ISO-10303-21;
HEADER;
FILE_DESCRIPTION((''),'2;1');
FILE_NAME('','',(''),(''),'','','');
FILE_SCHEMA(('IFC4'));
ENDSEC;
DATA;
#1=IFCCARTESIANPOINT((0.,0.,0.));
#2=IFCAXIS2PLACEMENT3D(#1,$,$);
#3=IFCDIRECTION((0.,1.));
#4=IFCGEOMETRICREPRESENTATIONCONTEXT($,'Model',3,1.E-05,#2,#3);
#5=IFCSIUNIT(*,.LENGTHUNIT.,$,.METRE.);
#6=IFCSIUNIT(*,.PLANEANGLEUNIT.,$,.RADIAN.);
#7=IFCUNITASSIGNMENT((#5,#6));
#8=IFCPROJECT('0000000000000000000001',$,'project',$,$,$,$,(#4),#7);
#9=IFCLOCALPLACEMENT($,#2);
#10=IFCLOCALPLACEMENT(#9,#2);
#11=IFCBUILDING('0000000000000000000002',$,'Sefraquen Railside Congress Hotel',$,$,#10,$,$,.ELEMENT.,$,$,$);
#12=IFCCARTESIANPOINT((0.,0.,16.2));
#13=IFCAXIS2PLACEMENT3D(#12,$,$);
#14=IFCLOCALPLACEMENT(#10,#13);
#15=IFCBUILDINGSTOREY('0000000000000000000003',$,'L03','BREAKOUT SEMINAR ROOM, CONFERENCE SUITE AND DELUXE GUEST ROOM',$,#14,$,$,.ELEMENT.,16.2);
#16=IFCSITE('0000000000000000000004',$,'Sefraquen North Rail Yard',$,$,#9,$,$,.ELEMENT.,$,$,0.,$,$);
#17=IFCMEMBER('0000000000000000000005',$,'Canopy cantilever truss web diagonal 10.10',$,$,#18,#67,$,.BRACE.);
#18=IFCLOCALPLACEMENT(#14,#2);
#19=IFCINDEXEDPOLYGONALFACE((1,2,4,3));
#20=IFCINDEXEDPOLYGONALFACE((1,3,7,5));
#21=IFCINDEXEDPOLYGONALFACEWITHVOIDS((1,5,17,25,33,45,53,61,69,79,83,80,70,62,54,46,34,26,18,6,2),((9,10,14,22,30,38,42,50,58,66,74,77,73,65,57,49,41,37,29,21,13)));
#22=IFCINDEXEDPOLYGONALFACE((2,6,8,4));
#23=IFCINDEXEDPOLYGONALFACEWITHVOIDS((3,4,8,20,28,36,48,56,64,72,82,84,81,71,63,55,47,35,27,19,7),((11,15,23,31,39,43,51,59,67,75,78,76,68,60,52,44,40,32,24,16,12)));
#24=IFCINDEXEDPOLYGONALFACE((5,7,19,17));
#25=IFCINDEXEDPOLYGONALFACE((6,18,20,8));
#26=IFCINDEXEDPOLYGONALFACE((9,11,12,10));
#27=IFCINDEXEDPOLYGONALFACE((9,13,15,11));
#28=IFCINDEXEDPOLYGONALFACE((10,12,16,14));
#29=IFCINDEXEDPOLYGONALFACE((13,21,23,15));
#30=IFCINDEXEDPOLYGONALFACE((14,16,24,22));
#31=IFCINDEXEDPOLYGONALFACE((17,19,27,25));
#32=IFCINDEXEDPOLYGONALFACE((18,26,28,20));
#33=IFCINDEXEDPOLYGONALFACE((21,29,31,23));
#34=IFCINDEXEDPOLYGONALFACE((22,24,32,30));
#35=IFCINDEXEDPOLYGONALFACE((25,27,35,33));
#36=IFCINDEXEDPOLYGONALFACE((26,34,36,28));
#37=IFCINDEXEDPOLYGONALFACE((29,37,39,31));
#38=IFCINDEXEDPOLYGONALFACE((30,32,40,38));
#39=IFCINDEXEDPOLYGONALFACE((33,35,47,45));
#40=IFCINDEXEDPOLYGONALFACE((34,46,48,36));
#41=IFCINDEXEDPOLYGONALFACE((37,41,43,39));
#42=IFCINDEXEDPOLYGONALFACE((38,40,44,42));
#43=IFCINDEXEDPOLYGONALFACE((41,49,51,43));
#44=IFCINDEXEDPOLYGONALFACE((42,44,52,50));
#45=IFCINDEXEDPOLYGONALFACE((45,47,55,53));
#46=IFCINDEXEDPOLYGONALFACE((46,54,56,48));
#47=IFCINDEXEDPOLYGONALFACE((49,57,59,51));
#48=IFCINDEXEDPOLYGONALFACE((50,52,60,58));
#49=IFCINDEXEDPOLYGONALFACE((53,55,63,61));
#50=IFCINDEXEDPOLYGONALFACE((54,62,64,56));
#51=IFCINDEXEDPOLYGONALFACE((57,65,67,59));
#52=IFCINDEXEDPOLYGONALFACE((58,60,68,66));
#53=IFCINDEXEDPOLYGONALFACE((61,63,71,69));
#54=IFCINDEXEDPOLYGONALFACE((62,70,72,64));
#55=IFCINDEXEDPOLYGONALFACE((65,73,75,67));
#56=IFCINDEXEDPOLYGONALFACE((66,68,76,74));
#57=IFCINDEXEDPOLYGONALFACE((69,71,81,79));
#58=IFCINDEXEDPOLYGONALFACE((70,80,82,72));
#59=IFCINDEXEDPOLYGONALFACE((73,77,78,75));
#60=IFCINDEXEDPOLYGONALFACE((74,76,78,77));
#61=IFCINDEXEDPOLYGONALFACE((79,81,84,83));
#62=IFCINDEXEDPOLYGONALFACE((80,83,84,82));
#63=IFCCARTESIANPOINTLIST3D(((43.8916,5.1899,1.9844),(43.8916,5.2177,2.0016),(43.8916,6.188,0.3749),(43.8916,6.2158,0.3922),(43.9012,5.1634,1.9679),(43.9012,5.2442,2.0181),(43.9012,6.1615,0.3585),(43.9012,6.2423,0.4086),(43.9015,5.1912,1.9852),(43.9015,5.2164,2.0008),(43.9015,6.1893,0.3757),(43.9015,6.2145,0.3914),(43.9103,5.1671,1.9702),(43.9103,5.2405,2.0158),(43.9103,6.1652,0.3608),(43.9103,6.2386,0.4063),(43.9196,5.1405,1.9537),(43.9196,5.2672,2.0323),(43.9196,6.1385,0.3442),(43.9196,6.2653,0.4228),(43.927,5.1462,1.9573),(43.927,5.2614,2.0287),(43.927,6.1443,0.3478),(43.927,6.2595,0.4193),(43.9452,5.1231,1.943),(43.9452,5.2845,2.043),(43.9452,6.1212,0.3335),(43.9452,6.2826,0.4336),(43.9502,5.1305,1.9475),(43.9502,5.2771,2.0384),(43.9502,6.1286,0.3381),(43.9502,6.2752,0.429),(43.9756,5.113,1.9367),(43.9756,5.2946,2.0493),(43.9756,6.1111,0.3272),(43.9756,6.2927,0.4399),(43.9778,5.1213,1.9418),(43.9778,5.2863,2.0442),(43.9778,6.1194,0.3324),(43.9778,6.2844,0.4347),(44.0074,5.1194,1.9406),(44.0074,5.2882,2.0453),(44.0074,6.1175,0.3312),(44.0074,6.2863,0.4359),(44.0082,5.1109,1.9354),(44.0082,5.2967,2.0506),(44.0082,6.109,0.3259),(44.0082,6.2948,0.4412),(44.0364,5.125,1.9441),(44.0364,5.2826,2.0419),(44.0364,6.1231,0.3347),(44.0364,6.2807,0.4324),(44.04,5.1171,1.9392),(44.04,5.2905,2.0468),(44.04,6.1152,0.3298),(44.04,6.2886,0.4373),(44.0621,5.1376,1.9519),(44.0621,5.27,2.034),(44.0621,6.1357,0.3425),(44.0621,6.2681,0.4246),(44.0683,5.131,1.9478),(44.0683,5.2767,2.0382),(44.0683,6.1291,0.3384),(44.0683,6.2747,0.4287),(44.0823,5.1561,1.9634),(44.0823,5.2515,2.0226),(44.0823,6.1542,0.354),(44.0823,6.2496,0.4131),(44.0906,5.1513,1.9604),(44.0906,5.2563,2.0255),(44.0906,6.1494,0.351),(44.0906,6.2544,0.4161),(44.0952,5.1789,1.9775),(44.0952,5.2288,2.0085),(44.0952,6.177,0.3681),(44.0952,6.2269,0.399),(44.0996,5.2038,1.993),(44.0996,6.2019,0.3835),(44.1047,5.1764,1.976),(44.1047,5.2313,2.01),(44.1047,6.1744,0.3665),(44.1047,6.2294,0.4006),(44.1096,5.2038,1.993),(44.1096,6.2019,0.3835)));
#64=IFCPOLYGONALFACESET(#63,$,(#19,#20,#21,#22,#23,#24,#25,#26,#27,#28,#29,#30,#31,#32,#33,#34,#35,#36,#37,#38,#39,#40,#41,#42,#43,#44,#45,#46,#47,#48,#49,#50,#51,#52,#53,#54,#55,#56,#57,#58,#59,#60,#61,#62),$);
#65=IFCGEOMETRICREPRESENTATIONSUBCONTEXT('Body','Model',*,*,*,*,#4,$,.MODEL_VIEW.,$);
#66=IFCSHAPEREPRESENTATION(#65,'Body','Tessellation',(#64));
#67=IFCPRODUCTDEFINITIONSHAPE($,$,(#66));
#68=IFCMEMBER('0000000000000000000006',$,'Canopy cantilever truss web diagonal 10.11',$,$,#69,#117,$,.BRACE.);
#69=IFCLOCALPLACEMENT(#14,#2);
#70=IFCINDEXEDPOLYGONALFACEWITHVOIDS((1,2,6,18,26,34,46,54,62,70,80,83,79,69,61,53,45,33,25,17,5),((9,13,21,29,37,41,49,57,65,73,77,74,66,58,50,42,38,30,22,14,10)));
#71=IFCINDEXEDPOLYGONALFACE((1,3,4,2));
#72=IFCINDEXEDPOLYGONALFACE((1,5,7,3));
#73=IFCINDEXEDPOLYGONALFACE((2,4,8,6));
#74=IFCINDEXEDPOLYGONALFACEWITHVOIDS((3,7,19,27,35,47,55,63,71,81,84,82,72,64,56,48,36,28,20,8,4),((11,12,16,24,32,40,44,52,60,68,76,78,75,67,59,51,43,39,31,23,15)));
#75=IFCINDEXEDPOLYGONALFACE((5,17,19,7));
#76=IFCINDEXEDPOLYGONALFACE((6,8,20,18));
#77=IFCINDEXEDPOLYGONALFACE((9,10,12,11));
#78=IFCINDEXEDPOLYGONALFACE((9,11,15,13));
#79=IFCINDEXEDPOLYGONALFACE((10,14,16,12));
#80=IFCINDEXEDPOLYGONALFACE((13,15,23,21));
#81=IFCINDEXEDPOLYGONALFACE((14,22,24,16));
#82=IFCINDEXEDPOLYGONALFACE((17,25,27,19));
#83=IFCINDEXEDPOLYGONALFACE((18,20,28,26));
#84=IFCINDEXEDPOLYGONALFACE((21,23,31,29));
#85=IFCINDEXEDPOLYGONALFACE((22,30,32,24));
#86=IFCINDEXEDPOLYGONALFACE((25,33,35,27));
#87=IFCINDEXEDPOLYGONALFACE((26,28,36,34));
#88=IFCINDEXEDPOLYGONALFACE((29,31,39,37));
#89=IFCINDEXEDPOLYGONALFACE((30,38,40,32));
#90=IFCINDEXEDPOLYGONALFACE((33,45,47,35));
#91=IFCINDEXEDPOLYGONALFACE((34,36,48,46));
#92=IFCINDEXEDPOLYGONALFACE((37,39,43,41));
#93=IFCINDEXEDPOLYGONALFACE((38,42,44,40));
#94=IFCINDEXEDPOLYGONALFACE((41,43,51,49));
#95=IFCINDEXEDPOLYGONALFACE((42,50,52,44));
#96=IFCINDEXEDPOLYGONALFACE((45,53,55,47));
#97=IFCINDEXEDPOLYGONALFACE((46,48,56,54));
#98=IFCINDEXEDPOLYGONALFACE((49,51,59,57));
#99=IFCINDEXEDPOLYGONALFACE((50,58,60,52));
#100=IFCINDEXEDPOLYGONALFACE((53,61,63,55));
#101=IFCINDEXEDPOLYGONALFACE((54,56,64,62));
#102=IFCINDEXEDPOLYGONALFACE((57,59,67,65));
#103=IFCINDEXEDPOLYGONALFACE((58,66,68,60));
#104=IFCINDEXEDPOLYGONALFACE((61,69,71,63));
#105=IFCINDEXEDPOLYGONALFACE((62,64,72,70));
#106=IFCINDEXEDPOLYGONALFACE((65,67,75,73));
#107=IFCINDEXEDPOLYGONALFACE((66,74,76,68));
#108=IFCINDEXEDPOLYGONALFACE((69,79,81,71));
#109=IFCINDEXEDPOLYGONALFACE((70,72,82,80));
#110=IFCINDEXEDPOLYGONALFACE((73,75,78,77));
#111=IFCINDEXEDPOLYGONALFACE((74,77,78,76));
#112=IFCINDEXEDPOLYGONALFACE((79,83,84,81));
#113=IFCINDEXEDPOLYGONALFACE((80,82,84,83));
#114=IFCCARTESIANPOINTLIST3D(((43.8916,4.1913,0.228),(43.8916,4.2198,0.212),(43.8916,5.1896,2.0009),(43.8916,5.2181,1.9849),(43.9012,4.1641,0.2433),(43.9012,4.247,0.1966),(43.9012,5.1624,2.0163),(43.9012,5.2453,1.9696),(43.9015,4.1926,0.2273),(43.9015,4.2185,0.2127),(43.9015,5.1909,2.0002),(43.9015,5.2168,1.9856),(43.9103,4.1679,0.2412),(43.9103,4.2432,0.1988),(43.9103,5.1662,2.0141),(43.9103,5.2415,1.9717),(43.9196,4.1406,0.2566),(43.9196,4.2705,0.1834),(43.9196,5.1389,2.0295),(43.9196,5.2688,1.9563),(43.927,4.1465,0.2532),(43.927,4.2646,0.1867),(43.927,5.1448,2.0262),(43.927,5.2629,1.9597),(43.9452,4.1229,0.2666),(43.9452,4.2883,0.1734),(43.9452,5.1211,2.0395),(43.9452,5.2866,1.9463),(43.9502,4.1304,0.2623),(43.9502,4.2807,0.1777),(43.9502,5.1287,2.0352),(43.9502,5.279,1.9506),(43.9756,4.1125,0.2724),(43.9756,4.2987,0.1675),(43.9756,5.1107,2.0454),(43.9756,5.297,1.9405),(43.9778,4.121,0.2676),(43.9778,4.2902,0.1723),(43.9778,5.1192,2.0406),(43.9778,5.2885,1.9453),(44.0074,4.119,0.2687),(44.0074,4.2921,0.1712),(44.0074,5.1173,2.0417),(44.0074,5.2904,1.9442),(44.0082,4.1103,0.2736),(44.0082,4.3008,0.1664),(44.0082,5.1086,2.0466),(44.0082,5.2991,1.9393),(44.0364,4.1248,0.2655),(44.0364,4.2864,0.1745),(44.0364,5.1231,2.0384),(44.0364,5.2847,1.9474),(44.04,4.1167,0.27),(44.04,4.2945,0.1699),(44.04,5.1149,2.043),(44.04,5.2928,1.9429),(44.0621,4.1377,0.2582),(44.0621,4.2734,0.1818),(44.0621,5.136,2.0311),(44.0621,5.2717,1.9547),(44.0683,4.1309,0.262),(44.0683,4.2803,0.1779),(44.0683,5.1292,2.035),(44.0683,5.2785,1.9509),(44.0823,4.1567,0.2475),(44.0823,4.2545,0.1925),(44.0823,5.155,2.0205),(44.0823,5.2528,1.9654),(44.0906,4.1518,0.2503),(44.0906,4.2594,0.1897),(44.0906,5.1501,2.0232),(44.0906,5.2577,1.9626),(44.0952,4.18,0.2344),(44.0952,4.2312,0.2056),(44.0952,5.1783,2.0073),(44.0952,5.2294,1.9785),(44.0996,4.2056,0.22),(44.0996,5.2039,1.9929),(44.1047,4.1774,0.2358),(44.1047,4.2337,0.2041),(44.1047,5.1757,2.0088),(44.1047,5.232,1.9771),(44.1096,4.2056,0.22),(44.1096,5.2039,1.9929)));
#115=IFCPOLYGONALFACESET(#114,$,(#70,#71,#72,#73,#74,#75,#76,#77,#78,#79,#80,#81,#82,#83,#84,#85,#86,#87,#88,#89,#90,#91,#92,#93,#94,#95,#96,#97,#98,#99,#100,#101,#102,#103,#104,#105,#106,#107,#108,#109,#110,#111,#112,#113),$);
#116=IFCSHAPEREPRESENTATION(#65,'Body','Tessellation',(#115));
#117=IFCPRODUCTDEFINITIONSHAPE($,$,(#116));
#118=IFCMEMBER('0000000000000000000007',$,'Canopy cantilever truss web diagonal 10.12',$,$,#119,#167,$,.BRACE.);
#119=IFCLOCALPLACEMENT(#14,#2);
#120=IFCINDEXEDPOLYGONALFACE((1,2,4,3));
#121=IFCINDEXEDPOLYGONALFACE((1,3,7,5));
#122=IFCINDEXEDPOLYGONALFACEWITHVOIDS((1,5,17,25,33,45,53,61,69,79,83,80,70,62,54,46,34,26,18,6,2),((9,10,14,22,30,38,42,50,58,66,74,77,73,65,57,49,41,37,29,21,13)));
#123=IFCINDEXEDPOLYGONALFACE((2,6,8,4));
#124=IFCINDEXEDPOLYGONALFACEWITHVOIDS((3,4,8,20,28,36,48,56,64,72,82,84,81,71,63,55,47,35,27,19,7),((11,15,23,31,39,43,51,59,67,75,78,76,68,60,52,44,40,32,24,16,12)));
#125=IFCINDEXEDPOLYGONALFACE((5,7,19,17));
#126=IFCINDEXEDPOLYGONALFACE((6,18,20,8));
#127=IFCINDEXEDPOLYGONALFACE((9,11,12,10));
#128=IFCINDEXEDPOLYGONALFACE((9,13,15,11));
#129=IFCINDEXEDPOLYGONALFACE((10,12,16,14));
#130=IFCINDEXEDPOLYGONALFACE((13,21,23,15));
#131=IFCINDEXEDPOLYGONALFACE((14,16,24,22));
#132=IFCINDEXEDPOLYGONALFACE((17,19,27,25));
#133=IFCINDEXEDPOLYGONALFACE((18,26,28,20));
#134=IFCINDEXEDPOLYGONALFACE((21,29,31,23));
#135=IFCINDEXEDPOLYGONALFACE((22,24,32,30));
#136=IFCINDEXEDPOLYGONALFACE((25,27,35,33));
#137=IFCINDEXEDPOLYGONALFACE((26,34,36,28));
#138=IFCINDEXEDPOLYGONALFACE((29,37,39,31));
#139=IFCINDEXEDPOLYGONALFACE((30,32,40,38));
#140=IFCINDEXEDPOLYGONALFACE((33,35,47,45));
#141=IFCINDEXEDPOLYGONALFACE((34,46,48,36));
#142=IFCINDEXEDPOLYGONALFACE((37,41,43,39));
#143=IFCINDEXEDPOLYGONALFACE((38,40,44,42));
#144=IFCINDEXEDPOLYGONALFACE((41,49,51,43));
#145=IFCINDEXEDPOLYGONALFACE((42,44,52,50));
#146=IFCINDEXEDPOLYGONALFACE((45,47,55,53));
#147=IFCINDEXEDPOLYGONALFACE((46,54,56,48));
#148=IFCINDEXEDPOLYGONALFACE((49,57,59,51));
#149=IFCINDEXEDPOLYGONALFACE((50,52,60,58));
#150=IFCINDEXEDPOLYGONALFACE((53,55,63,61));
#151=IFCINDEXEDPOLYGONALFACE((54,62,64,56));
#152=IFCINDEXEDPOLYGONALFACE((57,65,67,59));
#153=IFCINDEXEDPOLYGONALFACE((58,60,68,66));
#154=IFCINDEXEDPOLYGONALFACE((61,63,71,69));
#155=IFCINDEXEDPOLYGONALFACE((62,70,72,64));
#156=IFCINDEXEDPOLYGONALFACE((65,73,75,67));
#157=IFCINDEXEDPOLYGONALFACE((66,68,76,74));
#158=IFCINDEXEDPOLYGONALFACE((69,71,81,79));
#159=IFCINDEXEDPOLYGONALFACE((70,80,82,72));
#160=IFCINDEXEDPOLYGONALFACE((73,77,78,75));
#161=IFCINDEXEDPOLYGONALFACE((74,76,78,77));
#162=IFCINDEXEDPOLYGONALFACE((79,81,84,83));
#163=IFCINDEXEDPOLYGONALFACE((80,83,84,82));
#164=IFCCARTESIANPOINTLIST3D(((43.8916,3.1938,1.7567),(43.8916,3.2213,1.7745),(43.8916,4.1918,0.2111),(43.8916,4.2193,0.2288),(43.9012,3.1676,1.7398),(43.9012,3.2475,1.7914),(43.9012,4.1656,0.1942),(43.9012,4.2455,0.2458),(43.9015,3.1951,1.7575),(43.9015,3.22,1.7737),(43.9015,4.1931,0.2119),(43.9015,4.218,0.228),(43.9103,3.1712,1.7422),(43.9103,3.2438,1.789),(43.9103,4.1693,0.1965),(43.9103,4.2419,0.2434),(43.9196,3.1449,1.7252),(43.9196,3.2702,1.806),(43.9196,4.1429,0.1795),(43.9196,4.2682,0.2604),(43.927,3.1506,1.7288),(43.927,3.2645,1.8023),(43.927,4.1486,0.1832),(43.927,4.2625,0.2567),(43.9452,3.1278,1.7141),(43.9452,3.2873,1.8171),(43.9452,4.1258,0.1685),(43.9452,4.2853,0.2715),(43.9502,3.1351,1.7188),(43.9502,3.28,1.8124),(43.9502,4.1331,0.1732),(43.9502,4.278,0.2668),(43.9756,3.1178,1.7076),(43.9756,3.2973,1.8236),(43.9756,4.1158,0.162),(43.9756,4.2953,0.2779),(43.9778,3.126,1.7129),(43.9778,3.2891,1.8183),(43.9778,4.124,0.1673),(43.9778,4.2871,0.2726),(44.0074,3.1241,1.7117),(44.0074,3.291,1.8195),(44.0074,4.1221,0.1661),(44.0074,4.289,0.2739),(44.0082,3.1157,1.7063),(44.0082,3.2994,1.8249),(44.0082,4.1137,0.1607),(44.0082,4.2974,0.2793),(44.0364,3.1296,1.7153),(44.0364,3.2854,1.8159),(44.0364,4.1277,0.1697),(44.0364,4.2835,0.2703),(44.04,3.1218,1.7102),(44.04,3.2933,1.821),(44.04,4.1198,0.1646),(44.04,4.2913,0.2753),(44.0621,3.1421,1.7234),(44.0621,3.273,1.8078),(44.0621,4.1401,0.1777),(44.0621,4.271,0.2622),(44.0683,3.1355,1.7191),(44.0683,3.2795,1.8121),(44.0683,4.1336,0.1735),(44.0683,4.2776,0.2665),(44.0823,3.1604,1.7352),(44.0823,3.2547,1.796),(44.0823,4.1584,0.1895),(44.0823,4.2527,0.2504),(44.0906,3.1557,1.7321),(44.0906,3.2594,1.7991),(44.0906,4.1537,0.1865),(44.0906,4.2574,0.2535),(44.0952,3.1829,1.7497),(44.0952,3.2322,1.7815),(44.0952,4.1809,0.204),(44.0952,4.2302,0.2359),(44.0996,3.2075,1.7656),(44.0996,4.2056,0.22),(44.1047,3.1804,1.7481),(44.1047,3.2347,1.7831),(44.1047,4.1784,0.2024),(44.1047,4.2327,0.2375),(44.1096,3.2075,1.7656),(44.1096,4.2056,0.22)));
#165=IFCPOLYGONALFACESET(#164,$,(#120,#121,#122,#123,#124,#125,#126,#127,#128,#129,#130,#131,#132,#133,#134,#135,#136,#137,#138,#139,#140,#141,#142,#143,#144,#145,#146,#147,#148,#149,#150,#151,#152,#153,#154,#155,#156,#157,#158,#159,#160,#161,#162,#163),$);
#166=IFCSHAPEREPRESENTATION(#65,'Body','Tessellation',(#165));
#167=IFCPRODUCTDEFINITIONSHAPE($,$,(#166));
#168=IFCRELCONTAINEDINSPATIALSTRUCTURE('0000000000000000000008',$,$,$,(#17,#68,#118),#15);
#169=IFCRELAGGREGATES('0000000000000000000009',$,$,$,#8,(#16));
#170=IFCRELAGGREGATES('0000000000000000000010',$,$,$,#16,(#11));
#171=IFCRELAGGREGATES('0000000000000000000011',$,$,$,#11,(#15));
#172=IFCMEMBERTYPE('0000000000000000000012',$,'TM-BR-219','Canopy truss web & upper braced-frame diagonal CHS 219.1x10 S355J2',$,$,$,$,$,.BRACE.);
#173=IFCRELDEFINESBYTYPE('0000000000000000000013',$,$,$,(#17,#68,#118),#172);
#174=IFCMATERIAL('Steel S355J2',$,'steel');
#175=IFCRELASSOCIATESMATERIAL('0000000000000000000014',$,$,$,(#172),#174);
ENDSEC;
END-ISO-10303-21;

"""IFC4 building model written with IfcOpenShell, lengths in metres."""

from ifc_helpers import new_model, si_unit, direction, frame, origin, origin_2d, place, context, subcontext, project, spatial, hollow_circle, extrude, material, material_profile, profile_set, type_object, element, save


model = new_model("IFC4")

# Units and contexts
model_context = context("Model", 3, precision=1e-05, world=origin(), true_north=direction((0.0, 1.0)))
body_context = subcontext(model_context, "Body", "Model", "MODEL_VIEW")
ifc_project = project(units=[si_unit("LENGTHUNIT", "METRE"), si_unit("PLANEANGLEUNIT", "RADIAN")], contexts=[model_context])

# Site, building, storey
site_placement = place(None, origin())
site = spatial("IfcSite", under=ifc_project, at=site_placement, Name="Sefraquen North Rail Yard", CompositionType="ELEMENT", RefElevation=0.0)
building_placement = place(site_placement, origin())
building = spatial("IfcBuilding", under=site, at=building_placement, Name="Sefraquen Railside Congress Hotel", CompositionType="ELEMENT")
storey_placement = place(building_placement, frame((0.0, 0.0, 16.2)))
storey = spatial("IfcBuildingStorey", under=building, at=storey_placement, Name="L03", Description="BREAKOUT SEMINAR ROOM, CONFERENCE SUITE AND DELUXE GUEST ROOM", CompositionType="ELEMENT", Elevation=16.2)

# Members
ifc_material_1 = material(Name="Steel S355J2", Category="steel")
ifc_material_profile_1 = material_profile(ifc_material_1, hollow_circle(Radius=0.1096, WallThickness=0.01, at=origin_2d()), Name="CHS 219.1x10")
ifc_profile_set_1 = profile_set([ifc_material_profile_1], Name="Steel S355J2")
member_type_1 = type_object("IfcMemberType", Name="TM-BR-219", Description="Canopy truss web & upper braced-frame diagonal CHS 219.1x10 S355J2", PredefinedType="BRACE", material=ifc_profile_set_1)
member_1_placement = place(storey_placement, frame((44.0, 6.2019, 0.3835), z_axis=(0.0, -0.527029, 0.849847), x_axis=(1.0, 0.0, 0.0)))
element("IfcMember", 1, at=member_1_placement, inside=storey, type_object=member_type_1, Name="Canopy cantilever truss web diagonal 10.10", PredefinedType="BRACE", context=body_context, shape_type="SweptSolid", body=[
    extrude(hollow_circle(Radius=0.1096, WallThickness=0.01, at=origin_2d()), origin(), (0.0, 0.0, 1.0), 1.8938),
])
member_2_placement = place(storey_placement, frame((44.0, 5.2039, 1.9929), z_axis=(0.0, -0.490637, -0.871364), x_axis=(1.0, 0.0, 0.0)))
element("IfcMember", 2, at=member_2_placement, inside=storey, type_object=member_type_1, Name="Canopy cantilever truss web diagonal 10.11", PredefinedType="BRACE", context=body_context, shape_type="SweptSolid", body=[
    extrude(hollow_circle(Radius=0.1096, WallThickness=0.01, at=origin_2d()), origin(), (0.0, 0.0, 1.0), 2.0347),
])
member_3_placement = place(storey_placement, frame((44.0, 4.2056, 0.22), z_axis=(0.0, -0.542453, 0.840086), x_axis=(1.0, 0.0, 0.0)))
element("IfcMember", 3, at=member_3_placement, inside=storey, type_object=member_type_1, Name="Canopy cantilever truss web diagonal 10.12", PredefinedType="BRACE", context=body_context, shape_type="SweptSolid", body=[
    extrude(hollow_circle(Radius=0.1096, WallThickness=0.01, at=origin_2d()), origin(), (0.0, 0.0, 1.0), 1.8398),
])

save(model, "model.ifc")
